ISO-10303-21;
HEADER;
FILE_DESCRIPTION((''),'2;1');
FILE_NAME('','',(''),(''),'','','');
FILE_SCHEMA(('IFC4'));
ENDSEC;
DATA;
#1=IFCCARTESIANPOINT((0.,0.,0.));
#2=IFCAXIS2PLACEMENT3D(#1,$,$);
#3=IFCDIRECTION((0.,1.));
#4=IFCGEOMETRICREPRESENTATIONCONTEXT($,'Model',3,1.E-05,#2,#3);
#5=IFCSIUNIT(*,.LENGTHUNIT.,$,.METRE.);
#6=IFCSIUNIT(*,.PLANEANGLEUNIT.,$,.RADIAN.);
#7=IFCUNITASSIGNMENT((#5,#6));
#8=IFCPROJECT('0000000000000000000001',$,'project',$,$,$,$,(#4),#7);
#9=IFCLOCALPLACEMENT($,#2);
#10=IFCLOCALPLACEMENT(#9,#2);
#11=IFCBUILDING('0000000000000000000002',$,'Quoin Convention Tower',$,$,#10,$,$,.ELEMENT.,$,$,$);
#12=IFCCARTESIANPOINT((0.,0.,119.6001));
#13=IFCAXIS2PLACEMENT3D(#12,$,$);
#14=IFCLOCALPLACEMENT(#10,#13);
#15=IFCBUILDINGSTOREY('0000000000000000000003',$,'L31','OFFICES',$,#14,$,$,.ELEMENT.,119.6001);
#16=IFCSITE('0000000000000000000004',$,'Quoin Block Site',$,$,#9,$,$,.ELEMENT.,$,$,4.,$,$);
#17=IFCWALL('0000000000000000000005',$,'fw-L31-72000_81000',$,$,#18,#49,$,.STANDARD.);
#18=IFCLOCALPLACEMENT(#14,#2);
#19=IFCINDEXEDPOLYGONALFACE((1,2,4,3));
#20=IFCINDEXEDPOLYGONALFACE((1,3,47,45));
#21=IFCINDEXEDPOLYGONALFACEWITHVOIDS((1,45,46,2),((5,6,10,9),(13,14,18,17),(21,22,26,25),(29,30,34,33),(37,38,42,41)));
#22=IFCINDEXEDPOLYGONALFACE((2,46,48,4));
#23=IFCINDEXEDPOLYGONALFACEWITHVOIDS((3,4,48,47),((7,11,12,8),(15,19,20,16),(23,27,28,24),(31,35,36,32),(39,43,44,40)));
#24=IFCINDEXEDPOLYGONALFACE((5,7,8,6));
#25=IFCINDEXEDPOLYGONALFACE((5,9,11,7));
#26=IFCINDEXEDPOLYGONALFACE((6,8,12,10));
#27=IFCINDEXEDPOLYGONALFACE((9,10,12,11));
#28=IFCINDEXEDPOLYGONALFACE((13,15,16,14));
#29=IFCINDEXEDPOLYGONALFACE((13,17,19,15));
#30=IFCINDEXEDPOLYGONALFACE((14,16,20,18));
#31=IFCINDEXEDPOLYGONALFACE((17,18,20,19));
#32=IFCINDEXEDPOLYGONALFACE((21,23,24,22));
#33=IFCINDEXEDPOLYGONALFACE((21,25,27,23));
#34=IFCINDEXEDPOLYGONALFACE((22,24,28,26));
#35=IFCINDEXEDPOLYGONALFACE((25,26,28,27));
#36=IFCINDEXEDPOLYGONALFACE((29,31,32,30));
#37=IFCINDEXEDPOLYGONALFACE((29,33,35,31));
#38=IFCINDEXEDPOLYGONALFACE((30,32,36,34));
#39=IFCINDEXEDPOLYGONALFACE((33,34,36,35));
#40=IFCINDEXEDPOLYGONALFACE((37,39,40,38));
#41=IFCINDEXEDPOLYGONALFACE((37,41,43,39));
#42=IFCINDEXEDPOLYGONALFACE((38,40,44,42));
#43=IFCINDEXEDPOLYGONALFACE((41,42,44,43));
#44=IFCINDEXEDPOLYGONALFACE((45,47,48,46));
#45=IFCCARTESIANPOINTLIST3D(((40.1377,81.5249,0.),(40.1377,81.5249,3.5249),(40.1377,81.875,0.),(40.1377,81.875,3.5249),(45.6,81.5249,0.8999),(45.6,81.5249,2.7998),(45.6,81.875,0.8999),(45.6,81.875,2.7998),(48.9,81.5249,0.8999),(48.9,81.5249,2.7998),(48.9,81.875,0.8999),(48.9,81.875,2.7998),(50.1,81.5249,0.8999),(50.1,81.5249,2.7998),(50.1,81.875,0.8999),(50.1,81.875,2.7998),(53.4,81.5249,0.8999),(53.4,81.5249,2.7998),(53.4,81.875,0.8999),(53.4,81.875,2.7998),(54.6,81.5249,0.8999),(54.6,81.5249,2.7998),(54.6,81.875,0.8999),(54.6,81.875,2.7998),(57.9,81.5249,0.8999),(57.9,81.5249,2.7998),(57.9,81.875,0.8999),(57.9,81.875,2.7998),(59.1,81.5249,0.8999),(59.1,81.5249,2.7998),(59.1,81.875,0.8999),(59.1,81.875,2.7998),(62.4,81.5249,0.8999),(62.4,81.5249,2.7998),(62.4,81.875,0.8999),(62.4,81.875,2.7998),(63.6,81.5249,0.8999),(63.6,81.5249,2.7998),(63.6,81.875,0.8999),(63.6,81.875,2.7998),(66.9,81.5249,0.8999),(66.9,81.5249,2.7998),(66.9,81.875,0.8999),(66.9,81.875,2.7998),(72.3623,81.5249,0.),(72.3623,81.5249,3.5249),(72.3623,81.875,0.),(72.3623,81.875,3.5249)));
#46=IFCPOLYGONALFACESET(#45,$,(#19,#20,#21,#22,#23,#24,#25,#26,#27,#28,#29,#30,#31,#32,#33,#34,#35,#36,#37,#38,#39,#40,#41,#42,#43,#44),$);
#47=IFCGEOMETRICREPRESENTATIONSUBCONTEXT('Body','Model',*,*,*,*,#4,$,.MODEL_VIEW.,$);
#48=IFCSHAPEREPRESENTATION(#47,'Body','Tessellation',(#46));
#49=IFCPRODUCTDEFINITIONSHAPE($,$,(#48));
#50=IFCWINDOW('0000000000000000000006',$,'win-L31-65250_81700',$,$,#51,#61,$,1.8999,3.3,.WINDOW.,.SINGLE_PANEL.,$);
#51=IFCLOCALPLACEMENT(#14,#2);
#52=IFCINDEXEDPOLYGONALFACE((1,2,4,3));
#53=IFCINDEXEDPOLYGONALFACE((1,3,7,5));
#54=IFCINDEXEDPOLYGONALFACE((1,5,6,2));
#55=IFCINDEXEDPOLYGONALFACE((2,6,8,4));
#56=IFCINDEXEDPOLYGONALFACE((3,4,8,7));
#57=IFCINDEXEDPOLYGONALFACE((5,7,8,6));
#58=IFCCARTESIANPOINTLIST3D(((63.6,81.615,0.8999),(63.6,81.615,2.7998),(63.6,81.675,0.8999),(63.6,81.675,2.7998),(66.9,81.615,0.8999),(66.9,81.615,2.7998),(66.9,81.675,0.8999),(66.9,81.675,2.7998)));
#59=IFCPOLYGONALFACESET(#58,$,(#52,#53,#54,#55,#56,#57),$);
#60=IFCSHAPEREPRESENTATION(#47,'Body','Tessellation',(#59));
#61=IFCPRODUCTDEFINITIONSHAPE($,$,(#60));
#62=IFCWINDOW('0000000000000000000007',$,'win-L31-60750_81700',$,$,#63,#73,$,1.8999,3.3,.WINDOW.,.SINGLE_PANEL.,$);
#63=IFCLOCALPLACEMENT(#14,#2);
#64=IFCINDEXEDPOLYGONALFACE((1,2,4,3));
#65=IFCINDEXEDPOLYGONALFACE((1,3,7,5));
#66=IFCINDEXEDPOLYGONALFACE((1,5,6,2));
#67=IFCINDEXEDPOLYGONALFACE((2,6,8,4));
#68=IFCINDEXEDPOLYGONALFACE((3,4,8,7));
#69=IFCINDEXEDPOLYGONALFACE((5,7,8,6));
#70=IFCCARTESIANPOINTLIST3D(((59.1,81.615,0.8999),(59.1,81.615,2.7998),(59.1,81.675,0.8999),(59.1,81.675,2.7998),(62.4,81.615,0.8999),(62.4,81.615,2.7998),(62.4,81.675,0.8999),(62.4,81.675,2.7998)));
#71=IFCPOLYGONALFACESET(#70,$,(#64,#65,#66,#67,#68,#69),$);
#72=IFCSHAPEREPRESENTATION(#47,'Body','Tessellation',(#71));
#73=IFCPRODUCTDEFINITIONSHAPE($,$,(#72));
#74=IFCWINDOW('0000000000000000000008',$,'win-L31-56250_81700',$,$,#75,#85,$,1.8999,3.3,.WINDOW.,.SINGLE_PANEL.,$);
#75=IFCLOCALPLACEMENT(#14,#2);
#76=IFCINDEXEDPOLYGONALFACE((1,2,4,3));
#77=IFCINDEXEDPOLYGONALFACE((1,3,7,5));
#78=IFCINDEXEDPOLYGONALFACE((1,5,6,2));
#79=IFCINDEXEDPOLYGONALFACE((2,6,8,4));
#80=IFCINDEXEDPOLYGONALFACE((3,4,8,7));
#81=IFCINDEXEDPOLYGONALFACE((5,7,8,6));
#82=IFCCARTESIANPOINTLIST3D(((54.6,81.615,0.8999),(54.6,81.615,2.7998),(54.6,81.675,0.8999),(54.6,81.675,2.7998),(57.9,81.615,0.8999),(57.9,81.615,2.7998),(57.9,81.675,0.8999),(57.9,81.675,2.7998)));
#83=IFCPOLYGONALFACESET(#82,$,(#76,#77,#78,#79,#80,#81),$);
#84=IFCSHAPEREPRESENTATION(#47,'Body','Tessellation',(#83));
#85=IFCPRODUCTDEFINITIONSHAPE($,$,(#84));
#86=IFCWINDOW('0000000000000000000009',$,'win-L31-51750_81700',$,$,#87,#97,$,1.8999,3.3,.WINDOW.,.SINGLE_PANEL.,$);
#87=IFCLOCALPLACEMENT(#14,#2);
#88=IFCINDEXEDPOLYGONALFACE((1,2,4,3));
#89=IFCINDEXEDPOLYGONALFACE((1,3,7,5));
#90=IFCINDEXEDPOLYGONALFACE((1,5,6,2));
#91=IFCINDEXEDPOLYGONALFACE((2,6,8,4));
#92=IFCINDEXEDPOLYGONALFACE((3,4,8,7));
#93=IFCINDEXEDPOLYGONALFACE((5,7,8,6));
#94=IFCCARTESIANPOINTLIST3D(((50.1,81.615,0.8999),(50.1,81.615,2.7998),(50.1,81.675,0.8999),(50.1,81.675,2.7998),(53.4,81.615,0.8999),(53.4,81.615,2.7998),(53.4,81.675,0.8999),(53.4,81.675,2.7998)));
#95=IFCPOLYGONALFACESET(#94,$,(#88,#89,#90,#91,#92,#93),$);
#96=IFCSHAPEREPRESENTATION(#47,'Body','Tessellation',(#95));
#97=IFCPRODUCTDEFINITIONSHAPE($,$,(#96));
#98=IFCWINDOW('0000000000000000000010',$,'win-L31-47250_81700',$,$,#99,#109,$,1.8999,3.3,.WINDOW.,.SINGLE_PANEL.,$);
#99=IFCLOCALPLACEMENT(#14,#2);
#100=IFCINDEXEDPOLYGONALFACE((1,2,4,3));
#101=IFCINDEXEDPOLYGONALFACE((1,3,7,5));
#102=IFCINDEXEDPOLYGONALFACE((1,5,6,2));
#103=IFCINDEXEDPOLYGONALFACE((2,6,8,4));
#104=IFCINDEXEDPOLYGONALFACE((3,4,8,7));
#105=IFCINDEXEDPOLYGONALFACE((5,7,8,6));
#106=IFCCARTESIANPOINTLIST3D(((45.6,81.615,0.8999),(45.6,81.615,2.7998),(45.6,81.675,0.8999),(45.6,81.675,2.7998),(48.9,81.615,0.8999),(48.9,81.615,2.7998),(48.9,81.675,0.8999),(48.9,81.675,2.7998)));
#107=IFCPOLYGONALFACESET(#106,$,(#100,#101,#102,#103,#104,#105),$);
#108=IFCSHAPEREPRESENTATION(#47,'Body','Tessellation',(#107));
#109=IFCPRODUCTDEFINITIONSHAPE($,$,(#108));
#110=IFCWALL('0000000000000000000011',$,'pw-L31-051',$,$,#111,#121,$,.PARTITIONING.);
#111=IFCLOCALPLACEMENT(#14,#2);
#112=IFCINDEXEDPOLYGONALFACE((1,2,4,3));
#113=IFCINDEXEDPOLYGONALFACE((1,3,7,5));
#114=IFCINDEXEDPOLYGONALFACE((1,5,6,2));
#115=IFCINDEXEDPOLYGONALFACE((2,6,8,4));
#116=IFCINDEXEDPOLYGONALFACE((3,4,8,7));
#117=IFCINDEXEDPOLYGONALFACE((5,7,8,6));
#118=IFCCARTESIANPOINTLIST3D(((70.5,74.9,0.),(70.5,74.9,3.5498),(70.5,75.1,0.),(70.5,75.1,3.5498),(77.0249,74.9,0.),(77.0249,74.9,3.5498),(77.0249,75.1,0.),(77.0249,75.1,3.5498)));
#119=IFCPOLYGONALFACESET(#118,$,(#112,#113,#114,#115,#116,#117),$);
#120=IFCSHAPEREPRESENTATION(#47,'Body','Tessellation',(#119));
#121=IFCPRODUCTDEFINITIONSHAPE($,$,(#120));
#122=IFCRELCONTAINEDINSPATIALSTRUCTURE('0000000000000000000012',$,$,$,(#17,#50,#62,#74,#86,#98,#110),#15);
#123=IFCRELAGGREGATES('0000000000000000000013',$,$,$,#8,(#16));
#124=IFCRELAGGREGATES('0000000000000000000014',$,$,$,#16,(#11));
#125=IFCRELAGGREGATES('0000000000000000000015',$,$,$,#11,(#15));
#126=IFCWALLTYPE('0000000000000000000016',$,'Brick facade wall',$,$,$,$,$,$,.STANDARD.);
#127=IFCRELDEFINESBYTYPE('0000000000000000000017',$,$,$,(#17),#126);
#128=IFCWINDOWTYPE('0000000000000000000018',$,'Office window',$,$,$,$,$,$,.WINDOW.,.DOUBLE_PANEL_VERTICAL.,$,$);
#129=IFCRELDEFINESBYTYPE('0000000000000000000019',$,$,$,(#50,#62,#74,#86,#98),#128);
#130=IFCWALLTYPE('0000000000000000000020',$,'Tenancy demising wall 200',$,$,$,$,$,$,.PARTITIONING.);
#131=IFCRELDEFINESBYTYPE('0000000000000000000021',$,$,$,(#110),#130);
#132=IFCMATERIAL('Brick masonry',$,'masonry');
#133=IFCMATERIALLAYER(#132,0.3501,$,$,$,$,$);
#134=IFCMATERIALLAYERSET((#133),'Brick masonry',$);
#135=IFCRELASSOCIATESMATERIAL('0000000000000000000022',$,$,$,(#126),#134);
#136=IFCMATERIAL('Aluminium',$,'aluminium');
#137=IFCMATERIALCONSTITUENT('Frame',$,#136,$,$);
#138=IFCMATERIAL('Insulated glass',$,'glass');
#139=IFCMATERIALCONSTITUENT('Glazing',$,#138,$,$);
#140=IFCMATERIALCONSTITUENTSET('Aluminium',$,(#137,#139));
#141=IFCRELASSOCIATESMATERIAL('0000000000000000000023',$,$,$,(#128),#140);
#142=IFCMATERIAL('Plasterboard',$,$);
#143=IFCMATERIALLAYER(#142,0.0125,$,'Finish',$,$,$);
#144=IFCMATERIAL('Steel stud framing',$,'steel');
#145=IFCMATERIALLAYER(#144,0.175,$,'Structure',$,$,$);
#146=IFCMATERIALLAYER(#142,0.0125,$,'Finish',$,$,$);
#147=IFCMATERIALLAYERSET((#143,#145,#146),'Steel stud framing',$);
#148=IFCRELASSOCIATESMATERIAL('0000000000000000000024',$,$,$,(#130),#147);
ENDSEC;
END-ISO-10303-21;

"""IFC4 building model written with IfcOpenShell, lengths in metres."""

from ifc_helpers import new_model, si_unit, direction, frame, frame_2d, origin, place, context, subcontext, project, spatial, rectangle, extrude, material, layer, layer_set, constituent, constituent_set, type_object, element, fill, save


model = new_model("IFC4")

# Units and contexts
model_context = context("Model", 3, precision=1e-05, world=origin(), true_north=direction((0.0, 1.0)))
body_context = subcontext(model_context, "Body", "Model", "MODEL_VIEW")
ifc_project = project(units=[si_unit("LENGTHUNIT", "METRE"), si_unit("PLANEANGLEUNIT", "RADIAN")], contexts=[model_context])

# Site, building, storey
site_placement = place(None, origin())
site = spatial("IfcSite", under=ifc_project, at=site_placement, Name="Quoin Block Site", CompositionType="ELEMENT", RefElevation=4.0)
building_placement = place(site_placement, origin())
building = spatial("IfcBuilding", under=site, at=building_placement, Name="Quoin Convention Tower", CompositionType="ELEMENT")
storey_placement = place(building_placement, frame((0.0, 0.0, 119.6001)))
storey = spatial("IfcBuildingStorey", under=building, at=storey_placement, Name="L31", Description="OFFICES", CompositionType="ELEMENT", Elevation=119.6001)

# Shared definitions
ifc_material_1 = material(Name="Plasterboard")
ifc_material_2 = material(Name="Steel stud framing", Category="steel")

# Shared definitions
ifc_material_3 = material(Name="Brick masonry", Category="masonry")
ifc_layer_1 = layer(ifc_material_3, 0.3501)
ifc_layer_set_1 = layer_set([ifc_layer_1], Name="Brick masonry")
wall_type_1 = type_object("IfcWallType", Name="Brick facade wall", PredefinedType="STANDARD", material=ifc_layer_set_1)
ifc_material_4 = material(Name="Aluminium", Category="aluminium")
ifc_constituent_1 = constituent(ifc_material_4, Name="Frame")
ifc_material_5 = material(Name="Insulated glass", Category="glass")
ifc_constituent_2 = constituent(ifc_material_5, Name="Glazing")
ifc_constituent_set = constituent_set(constituents=[ifc_constituent_1, ifc_constituent_2], Name="Aluminium")
window_type = type_object("IfcWindowType", Name="Office window", PartitioningType="DOUBLE_PANEL_VERTICAL", PredefinedType="WINDOW", material=ifc_constituent_set)

# Wall, openings, windows
wall_1_placement = place(storey_placement, frame((72.3623, 81.7, 0.0), z_axis=(0.0, 0.0, 1.0), x_axis=(-1.0, 0.0, 0.0)))
wall_1 = element("IfcWall", 1, at=wall_1_placement, inside=storey, type_object=wall_type_1, Name="fw-L31-72000_81000", PredefinedType="STANDARD", context=body_context, shape_type="SweptSolid", body=[
    extrude(rectangle(XDim=32.2246, YDim=0.3501, at=frame_2d((16.1123, 0.0))), origin(), (0.0, 0.0, 1.0), 3.5249),
])
opening_1_placement = place(wall_1_placement, frame((5.4624, 0.0, 0.8999)))
opening_1 = element("IfcOpeningElement", 2, at=opening_1_placement, cuts=wall_1, PredefinedType="OPENING", context=body_context, shape_type="SweptSolid", body=[
    extrude(rectangle(XDim=3.3, YDim=1.8999, at=frame_2d((1.6499, 0.95))), frame((0.0, 0.1851, 0.0), z_axis=(0.0, -1.0, 0.0), x_axis=(1.0, 0.0, 0.0)), (0.0, 0.0, 1.0), 0.3701),
])
opening_2_placement = place(wall_1_placement, frame((9.9624, 0.0, 0.8999)))
opening_2 = element("IfcOpeningElement", 3, at=opening_2_placement, cuts=wall_1, PredefinedType="OPENING", context=body_context, shape_type="SweptSolid", body=[
    extrude(rectangle(XDim=3.3, YDim=1.8999, at=frame_2d((1.6499, 0.95))), frame((0.0, 0.1851, 0.0), z_axis=(0.0, -1.0, 0.0), x_axis=(1.0, 0.0, 0.0)), (0.0, 0.0, 1.0), 0.3701),
])
opening_3_placement = place(wall_1_placement, frame((14.4624, 0.0, 0.8999)))
opening_3 = element("IfcOpeningElement", 4, at=opening_3_placement, cuts=wall_1, PredefinedType="OPENING", context=body_context, shape_type="SweptSolid", body=[
    extrude(rectangle(XDim=3.3, YDim=1.8999, at=frame_2d((1.6499, 0.95))), frame((0.0, 0.1851, 0.0), z_axis=(0.0, -1.0, 0.0), x_axis=(1.0, 0.0, 0.0)), (0.0, 0.0, 1.0), 0.3701),
])
opening_4_placement = place(wall_1_placement, frame((18.9624, 0.0, 0.8999)))
opening_4 = element("IfcOpeningElement", 5, at=opening_4_placement, cuts=wall_1, PredefinedType="OPENING", context=body_context, shape_type="SweptSolid", body=[
    extrude(rectangle(XDim=3.3, YDim=1.8999, at=frame_2d((1.6499, 0.95))), frame((0.0, 0.1851, 0.0), z_axis=(0.0, -1.0, 0.0), x_axis=(1.0, 0.0, 0.0)), (0.0, 0.0, 1.0), 0.3701),
])
opening_5_placement = place(wall_1_placement, frame((23.4624, 0.0, 0.8999)))
opening_5 = element("IfcOpeningElement", 6, at=opening_5_placement, cuts=wall_1, PredefinedType="OPENING", context=body_context, shape_type="SweptSolid", body=[
    extrude(rectangle(XDim=3.3, YDim=1.8999, at=frame_2d((1.6499, 0.95))), frame((0.0, 0.1851, 0.0), z_axis=(0.0, -1.0, 0.0), x_axis=(1.0, 0.0, 0.0)), (0.0, 0.0, 1.0), 0.3701),
])
window_1_placement = place(opening_1_placement, origin())
window_1 = element("IfcWindow", 7, at=window_1_placement, inside=storey, type_object=window_type, Name="win-L31-65250_81700", OverallHeight=1.8999, OverallWidth=3.3, PartitioningType="SINGLE_PANEL", PredefinedType="WINDOW", context=body_context, shape_type="SweptSolid", body=[
    extrude(rectangle(XDim=3.3, YDim=1.8999, at=frame_2d((1.6499, 0.95))), frame((0.0, 0.085, 0.0), z_axis=(0.0, -1.0, 0.0), x_axis=(1.0, 0.0, 0.0)), (0.0, 0.0, 1.0), 0.0601),
])
fill(opening_1, window_1)
window_2_placement = place(opening_2_placement, origin())
window_2 = element("IfcWindow", 8, at=window_2_placement, inside=storey, type_object=window_type, Name="win-L31-60750_81700", OverallHeight=1.8999, OverallWidth=3.3, PartitioningType="SINGLE_PANEL", PredefinedType="WINDOW", context=body_context, shape_type="SweptSolid", body=[
    extrude(rectangle(XDim=3.3, YDim=1.8999, at=frame_2d((1.6499, 0.95))), frame((0.0, 0.085, 0.0), z_axis=(0.0, -1.0, 0.0), x_axis=(1.0, 0.0, 0.0)), (0.0, 0.0, 1.0), 0.0601),
])
fill(opening_2, window_2)
window_3_placement = place(opening_3_placement, origin())
window_3 = element("IfcWindow", 9, at=window_3_placement, inside=storey, type_object=window_type, Name="win-L31-56250_81700", OverallHeight=1.8999, OverallWidth=3.3, PartitioningType="SINGLE_PANEL", PredefinedType="WINDOW", context=body_context, shape_type="SweptSolid", body=[
    extrude(rectangle(XDim=3.3, YDim=1.8999, at=frame_2d((1.6499, 0.95))), frame((0.0, 0.085, 0.0), z_axis=(0.0, -1.0, 0.0), x_axis=(1.0, 0.0, 0.0)), (0.0, 0.0, 1.0), 0.0601),
])
fill(opening_3, window_3)
window_4_placement = place(opening_4_placement, origin())
window_4 = element("IfcWindow", 10, at=window_4_placement, inside=storey, type_object=window_type, Name="win-L31-51750_81700", OverallHeight=1.8999, OverallWidth=3.3, PartitioningType="SINGLE_PANEL", PredefinedType="WINDOW", context=body_context, shape_type="SweptSolid", body=[
    extrude(rectangle(XDim=3.3, YDim=1.8999, at=frame_2d((1.6499, 0.95))), frame((0.0, 0.085, 0.0), z_axis=(0.0, -1.0, 0.0), x_axis=(1.0, 0.0, 0.0)), (0.0, 0.0, 1.0), 0.0601),
])
fill(opening_4, window_4)
window_5_placement = place(opening_5_placement, origin())
window_5 = element("IfcWindow", 11, at=window_5_placement, inside=storey, type_object=window_type, Name="win-L31-47250_81700", OverallHeight=1.8999, OverallWidth=3.3, PartitioningType="SINGLE_PANEL", PredefinedType="WINDOW", context=body_context, shape_type="SweptSolid", body=[
    extrude(rectangle(XDim=3.3, YDim=1.8999, at=frame_2d((1.6499, 0.95))), frame((0.0, 0.085, 0.0), z_axis=(0.0, -1.0, 0.0), x_axis=(1.0, 0.0, 0.0)), (0.0, 0.0, 1.0), 0.0601),
])
fill(opening_5, window_5)

# Wall
ifc_layer_2 = layer(ifc_material_1, 0.0125, Name="Finish")
ifc_layer_3 = layer(ifc_material_2, 0.175, Name="Structure")
ifc_layer_4 = layer(ifc_material_1, 0.0125, Name="Finish")
ifc_layer_set_2 = layer_set([ifc_layer_2, ifc_layer_3, ifc_layer_4], Name="Steel stud framing")
wall_type_2 = type_object("IfcWallType", Name="Tenancy demising wall 200", PredefinedType="PARTITIONING", material=ifc_layer_set_2)
wall_2_placement = place(storey_placement, frame((70.5, 75.0, 0.0), z_axis=(0.0, 0.0, 1.0), x_axis=(1.0, 0.0, 0.0)))
element("IfcWall", 12, at=wall_2_placement, inside=storey, type_object=wall_type_2, Name="pw-L31-051", PredefinedType="PARTITIONING", context=body_context, shape_type="SweptSolid", body=[
    extrude(rectangle(XDim=6.5249, YDim=0.2, at=frame_2d((3.2625, 0.0))), origin(), (0.0, 0.0, 1.0), 3.5498),
])

save(model, "model.ifc")
